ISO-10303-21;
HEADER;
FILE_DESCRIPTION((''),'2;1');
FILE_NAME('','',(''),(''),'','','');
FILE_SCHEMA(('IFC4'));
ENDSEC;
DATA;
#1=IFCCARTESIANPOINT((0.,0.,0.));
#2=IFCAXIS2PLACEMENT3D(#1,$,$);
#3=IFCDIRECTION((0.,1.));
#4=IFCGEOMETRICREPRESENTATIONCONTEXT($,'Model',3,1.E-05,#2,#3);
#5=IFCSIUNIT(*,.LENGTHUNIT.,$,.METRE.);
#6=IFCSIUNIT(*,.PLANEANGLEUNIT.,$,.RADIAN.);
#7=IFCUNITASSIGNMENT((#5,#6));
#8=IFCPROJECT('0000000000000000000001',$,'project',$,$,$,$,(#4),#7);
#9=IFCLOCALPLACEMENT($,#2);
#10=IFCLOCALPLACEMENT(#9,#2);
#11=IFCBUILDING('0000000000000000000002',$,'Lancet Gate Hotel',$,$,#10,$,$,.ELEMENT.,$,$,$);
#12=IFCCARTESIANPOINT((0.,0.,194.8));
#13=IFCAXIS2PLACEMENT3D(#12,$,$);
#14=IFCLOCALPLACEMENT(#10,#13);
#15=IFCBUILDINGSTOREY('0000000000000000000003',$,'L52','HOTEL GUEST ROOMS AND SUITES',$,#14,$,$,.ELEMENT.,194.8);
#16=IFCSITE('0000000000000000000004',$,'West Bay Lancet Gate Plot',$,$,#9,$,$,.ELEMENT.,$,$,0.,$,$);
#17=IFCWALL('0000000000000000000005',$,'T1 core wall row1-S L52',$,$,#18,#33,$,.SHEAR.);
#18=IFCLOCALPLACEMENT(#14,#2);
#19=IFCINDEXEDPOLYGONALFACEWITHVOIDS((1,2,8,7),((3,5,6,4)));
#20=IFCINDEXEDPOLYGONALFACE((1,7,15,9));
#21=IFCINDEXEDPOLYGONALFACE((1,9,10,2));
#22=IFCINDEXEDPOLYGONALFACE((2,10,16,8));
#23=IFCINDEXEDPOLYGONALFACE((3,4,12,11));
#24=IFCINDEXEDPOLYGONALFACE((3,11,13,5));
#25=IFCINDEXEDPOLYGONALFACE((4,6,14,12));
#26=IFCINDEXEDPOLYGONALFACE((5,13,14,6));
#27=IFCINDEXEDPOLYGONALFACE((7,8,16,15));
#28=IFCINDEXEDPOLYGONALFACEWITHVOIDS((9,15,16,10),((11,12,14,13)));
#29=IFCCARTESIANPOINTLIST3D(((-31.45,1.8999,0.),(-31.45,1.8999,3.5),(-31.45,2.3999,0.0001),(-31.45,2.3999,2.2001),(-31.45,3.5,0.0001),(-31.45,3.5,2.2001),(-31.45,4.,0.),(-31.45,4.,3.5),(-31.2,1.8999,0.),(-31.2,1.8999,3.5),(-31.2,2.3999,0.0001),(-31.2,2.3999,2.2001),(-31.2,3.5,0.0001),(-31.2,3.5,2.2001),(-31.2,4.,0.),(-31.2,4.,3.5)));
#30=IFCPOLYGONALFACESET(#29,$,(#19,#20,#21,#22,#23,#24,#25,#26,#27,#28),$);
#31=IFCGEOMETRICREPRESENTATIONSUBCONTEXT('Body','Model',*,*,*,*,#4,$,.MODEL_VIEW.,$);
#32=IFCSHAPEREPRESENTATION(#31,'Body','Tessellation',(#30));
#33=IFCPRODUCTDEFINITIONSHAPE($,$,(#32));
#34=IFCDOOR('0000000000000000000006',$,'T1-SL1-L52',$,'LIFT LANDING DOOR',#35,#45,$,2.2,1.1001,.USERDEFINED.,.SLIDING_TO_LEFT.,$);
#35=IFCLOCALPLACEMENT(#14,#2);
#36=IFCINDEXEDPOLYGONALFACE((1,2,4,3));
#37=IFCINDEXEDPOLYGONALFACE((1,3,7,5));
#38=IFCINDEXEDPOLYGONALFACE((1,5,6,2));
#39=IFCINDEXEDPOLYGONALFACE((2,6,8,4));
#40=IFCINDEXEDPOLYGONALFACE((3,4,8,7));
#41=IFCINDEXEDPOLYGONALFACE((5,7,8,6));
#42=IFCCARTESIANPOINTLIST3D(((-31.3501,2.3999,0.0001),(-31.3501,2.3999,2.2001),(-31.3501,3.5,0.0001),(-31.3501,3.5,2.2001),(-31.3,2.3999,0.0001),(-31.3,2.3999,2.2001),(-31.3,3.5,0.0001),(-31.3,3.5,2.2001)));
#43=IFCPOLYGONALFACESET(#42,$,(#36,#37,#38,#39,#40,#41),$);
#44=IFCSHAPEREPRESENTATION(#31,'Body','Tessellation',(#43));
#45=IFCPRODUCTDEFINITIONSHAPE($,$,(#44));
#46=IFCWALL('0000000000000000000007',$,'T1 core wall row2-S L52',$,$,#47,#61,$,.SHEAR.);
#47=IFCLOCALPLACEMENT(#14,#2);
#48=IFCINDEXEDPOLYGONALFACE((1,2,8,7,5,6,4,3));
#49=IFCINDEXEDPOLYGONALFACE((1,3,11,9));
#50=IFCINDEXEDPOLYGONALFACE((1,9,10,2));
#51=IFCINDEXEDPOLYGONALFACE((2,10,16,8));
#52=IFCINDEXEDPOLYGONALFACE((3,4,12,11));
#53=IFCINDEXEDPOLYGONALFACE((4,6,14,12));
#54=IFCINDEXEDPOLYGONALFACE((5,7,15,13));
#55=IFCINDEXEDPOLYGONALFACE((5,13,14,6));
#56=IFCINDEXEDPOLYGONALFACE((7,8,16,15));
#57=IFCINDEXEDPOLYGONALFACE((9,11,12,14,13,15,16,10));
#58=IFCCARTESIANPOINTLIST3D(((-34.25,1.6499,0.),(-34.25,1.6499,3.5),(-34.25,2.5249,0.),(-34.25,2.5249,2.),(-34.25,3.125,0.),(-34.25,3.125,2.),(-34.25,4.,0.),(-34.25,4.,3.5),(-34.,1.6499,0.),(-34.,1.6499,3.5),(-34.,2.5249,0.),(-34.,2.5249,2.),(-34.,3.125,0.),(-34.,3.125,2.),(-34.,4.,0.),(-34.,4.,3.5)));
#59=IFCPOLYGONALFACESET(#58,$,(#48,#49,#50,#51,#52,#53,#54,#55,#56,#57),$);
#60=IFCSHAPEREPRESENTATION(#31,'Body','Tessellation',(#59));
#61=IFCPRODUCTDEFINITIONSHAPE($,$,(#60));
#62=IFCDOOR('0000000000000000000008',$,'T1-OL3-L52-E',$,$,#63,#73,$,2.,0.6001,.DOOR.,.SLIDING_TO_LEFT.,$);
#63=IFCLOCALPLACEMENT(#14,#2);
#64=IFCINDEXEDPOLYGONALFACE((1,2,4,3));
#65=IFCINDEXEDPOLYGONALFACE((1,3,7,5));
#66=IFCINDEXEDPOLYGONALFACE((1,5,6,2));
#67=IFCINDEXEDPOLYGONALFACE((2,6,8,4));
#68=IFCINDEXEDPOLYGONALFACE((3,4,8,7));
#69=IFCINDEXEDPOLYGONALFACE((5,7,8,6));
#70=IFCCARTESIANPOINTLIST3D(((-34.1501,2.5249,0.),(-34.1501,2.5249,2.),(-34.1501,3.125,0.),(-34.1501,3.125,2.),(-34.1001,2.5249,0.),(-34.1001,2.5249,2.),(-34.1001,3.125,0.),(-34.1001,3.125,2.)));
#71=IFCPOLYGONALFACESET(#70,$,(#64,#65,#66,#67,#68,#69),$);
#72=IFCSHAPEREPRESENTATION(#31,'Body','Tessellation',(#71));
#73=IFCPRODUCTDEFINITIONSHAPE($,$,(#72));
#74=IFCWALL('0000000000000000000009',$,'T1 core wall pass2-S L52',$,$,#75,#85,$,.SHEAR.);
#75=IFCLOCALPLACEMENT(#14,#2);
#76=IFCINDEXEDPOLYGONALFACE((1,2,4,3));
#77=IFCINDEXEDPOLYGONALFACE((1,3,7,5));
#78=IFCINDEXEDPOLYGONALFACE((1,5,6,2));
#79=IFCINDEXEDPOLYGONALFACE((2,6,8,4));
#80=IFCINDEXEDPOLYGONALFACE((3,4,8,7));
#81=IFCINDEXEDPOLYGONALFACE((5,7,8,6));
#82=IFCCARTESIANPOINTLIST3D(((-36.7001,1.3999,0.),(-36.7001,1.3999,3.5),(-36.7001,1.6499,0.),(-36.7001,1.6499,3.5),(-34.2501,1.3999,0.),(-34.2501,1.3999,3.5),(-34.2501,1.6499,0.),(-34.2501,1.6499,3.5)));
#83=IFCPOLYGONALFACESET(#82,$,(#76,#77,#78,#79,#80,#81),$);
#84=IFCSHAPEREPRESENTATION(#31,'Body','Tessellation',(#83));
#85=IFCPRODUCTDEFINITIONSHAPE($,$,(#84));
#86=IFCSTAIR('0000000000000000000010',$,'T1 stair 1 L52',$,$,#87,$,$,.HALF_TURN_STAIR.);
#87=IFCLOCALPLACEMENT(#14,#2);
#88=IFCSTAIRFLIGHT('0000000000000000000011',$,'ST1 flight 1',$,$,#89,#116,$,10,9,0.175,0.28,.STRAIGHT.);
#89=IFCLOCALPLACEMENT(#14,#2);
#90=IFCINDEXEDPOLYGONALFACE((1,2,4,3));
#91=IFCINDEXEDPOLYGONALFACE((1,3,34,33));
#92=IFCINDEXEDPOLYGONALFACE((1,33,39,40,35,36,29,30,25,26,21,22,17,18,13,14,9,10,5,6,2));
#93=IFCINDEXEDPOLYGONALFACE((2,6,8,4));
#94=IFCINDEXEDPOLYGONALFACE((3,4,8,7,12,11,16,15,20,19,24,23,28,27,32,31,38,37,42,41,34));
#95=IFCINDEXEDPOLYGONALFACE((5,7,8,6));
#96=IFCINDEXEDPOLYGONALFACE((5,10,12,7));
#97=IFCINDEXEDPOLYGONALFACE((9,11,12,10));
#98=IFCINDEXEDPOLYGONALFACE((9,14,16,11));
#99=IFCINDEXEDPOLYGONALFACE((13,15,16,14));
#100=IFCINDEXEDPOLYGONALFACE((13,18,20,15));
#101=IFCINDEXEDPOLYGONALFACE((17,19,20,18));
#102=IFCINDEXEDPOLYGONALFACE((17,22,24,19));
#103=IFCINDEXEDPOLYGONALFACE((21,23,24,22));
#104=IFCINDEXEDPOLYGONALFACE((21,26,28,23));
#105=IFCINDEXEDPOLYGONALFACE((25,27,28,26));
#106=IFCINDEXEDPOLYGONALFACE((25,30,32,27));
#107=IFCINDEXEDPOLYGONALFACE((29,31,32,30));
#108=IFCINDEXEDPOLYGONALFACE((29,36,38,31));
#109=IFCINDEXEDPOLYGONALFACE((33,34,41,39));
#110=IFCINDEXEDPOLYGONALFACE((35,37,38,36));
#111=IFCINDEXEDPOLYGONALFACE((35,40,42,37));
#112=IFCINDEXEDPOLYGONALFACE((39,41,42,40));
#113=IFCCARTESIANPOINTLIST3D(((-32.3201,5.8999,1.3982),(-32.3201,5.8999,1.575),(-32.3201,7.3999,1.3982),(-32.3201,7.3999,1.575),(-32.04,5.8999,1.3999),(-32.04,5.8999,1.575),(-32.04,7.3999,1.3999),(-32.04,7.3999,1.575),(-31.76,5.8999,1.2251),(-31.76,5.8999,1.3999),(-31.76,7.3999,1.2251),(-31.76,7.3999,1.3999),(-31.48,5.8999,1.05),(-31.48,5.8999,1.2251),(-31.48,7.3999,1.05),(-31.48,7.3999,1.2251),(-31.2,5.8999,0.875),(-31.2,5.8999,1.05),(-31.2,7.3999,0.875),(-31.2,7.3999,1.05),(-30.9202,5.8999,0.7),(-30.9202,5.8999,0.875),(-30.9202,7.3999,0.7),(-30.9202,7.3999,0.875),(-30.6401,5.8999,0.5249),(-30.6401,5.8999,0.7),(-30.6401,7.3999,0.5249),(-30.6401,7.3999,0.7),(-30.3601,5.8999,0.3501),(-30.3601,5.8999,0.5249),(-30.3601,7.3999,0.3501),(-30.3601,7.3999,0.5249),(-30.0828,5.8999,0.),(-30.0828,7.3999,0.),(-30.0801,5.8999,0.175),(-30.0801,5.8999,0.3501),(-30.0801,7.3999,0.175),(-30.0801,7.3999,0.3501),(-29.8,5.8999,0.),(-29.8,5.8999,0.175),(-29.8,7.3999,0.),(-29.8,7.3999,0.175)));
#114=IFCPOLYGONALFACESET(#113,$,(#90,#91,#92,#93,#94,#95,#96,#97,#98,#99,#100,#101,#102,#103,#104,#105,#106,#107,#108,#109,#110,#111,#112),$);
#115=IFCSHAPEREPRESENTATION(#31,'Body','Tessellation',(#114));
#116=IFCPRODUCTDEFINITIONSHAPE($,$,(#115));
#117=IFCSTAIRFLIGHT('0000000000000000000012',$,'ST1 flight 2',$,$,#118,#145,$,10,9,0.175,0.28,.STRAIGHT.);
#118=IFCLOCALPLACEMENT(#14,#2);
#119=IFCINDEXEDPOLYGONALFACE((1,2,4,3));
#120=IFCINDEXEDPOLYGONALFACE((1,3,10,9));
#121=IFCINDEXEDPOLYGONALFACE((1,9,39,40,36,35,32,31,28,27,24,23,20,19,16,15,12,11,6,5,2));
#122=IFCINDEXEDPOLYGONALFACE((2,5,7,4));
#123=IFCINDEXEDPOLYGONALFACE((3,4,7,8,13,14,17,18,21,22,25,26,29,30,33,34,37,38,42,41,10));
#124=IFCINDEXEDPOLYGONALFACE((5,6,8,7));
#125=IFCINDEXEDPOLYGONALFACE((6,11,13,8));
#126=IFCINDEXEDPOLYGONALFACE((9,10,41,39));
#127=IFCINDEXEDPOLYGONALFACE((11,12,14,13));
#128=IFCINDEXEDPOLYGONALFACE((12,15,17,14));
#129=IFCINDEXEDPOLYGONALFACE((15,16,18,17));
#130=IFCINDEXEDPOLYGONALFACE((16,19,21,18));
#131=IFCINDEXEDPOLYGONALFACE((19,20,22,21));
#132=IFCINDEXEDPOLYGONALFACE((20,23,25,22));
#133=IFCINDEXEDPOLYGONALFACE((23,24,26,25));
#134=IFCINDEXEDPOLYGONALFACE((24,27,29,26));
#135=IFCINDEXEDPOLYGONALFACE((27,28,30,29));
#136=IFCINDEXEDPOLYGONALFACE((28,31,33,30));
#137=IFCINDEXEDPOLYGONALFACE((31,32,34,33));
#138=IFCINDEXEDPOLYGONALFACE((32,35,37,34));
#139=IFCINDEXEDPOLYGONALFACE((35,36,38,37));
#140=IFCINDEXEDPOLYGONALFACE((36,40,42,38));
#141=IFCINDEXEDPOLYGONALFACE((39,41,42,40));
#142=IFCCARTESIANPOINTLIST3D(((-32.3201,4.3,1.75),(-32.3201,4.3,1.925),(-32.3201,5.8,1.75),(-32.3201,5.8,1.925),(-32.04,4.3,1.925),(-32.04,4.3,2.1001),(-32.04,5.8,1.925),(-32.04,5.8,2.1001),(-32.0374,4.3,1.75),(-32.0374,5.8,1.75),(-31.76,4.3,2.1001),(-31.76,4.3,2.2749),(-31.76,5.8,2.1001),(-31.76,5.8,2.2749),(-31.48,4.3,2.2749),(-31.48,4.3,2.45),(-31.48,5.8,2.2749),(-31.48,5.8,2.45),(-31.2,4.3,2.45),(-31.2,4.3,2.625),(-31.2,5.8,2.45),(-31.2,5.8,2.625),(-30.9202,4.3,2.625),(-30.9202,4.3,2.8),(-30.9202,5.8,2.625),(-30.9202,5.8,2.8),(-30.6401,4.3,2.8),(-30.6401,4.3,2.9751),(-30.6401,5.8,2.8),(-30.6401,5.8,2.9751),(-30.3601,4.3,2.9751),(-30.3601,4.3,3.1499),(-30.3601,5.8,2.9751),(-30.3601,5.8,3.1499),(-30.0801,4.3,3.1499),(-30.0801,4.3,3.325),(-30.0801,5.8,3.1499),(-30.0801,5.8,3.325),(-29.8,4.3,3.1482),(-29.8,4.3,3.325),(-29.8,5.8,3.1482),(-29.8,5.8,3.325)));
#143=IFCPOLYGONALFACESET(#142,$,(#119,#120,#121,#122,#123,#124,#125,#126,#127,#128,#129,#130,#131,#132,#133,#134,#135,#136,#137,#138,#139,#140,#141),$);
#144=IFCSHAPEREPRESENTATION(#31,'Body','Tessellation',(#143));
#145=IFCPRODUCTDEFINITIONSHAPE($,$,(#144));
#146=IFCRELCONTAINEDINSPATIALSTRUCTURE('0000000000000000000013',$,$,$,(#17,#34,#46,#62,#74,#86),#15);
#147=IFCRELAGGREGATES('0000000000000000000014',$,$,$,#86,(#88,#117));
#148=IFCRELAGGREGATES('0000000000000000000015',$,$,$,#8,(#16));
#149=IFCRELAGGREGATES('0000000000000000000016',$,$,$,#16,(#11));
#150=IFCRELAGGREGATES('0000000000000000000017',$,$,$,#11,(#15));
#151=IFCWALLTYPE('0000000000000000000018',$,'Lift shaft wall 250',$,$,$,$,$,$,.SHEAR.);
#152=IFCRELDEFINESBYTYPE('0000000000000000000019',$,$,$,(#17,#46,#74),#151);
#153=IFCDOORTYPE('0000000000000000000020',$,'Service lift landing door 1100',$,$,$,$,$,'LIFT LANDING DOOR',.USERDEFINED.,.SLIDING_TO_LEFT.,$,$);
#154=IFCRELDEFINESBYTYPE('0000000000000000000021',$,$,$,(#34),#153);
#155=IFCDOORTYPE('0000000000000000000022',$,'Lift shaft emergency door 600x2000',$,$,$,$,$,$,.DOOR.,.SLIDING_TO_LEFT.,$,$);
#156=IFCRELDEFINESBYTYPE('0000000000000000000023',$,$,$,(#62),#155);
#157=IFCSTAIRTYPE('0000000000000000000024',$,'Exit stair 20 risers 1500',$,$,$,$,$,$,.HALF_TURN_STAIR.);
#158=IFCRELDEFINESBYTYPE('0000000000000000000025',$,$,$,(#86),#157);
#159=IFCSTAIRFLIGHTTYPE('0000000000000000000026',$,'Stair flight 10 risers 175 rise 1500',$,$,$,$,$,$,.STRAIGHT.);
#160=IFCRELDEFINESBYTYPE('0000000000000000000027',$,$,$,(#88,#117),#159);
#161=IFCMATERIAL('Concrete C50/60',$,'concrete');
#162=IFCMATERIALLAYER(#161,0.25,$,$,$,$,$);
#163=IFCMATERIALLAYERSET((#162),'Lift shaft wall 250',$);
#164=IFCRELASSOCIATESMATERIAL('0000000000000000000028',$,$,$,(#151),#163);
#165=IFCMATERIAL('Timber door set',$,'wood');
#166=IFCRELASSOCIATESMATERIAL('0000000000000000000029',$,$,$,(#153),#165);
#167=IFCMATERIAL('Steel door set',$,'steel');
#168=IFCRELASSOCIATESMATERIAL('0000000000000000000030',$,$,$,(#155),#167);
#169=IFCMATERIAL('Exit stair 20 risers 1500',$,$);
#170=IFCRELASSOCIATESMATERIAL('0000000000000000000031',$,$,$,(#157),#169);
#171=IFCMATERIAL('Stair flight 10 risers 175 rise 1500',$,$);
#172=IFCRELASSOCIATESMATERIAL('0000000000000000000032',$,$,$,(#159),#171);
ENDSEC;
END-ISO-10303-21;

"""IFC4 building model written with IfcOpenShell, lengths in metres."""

from ifc_helpers import new_model, si_unit, direction, frame, frame_2d, origin, place, context, subcontext, project, spatial, polyline, rectangle, outline, extrude, material, layer, layer_set, type_object, element, fill, aggregate, save


model = new_model("IFC4")

# Units and contexts
model_context = context("Model", 3, precision=1e-05, world=origin(), true_north=direction((0.0, 1.0)))
body_context = subcontext(model_context, "Body", "Model", "MODEL_VIEW")
ifc_project = project(units=[si_unit("LENGTHUNIT", "METRE"), si_unit("PLANEANGLEUNIT", "RADIAN")], contexts=[model_context])

# Site, building, storey
site_placement = place(None, origin())
site = spatial("IfcSite", under=ifc_project, at=site_placement, Name="West Bay Lancet Gate Plot", CompositionType="ELEMENT", RefElevation=0.0)
building_placement = place(site_placement, origin())
building = spatial("IfcBuilding", under=site, at=building_placement, Name="Lancet Gate Hotel", CompositionType="ELEMENT")
storey_placement = place(building_placement, frame((0.0, 0.0, 194.8)))
storey = spatial("IfcBuildingStorey", under=building, at=storey_placement, Name="L52", Description="HOTEL GUEST ROOMS AND SUITES", CompositionType="ELEMENT", Elevation=194.8)

# Walls, openings, doors
ifc_material_1 = material(Name="Concrete C50/60", Category="concrete")
ifc_layer_1 = layer(ifc_material_1, 0.25)
ifc_layer_set_1 = layer_set([ifc_layer_1], Name="Lift shaft wall 250")
wall_type_1 = type_object("IfcWallType", Name="Lift shaft wall 250", PredefinedType="SHEAR", material=ifc_layer_set_1)
wall_1_placement = place(storey_placement, frame((-31.325, 4.0, 0.0), z_axis=(0.0, 0.0, 1.0), x_axis=(0.0, -1.0, 0.0)))
wall_1 = element("IfcWall", 1, at=wall_1_placement, inside=storey, type_object=wall_type_1, Name="T1 core wall row1-S L52", PredefinedType="SHEAR", context=body_context, shape_type="SweptSolid", body=[
    extrude(rectangle(XDim=2.1001, YDim=0.25, at=frame_2d((1.05, 0.0))), origin(), (0.0, 0.0, 1.0), 3.5),
])
opening_1_placement = place(wall_1_placement, frame((0.5, 0.0, 0.0)))
opening_1 = element("IfcOpeningElement", 2, at=opening_1_placement, cuts=wall_1, PredefinedType="OPENING", context=body_context, shape_type="SweptSolid", body=[
    extrude(rectangle(XDim=1.1001, YDim=2.2, at=frame_2d((0.55, 1.1001))), frame((0.0, 0.135, 0.0), z_axis=(0.0, -1.0, 0.0), x_axis=(1.0, 0.0, 0.0)), (0.0, 0.0, 1.0), 0.27),
])
ifc_material_2 = material(Name="Timber door set", Category="wood")
door_type_1 = type_object("IfcDoorType", Name="Service lift landing door 1100", ElementType="LIFT LANDING DOOR", OperationType="SLIDING_TO_LEFT", PredefinedType="USERDEFINED", material=ifc_material_2)
door_1_placement = place(opening_1_placement, origin())
door_1 = element("IfcDoor", 3, at=door_1_placement, inside=storey, type_object=door_type_1, Name="T1-SL1-L52", ObjectType="LIFT LANDING DOOR", OperationType="SLIDING_TO_LEFT", OverallHeight=2.2, OverallWidth=1.1001, PredefinedType="USERDEFINED", context=body_context, shape_type="SweptSolid", body=[
    extrude(rectangle(XDim=1.1001, YDim=2.2, at=frame_2d((0.55, 1.1001))), frame((0.0, 0.0249, 0.0), z_axis=(0.0, -1.0, 0.0), x_axis=(1.0, 0.0, 0.0)), (0.0, 0.0, 1.0), 0.05),
])
fill(opening_1, door_1)
wall_2_placement = place(storey_placement, frame((-34.125, 4.0, 0.0), z_axis=(0.0, 0.0, 1.0), x_axis=(0.0, -1.0, 0.0)))
wall_2 = element("IfcWall", 4, at=wall_2_placement, inside=storey, type_object=wall_type_1, Name="T1 core wall row2-S L52", PredefinedType="SHEAR", context=body_context, shape_type="SweptSolid", body=[
    extrude(rectangle(XDim=2.3501, YDim=0.25, at=frame_2d((1.175, 0.0))), origin(), (0.0, 0.0, 1.0), 3.5),
])
opening_2_placement = place(wall_2_placement, frame((0.875, 0.0, 0.0)))
opening_2 = element("IfcOpeningElement", 5, at=opening_2_placement, cuts=wall_2, PredefinedType="OPENING", context=body_context, shape_type="SweptSolid", body=[
    extrude(rectangle(XDim=0.6001, YDim=2.0, at=frame_2d((0.3, 1.0))), frame((0.0, 0.135, 0.0), z_axis=(0.0, -1.0, 0.0), x_axis=(1.0, 0.0, 0.0)), (0.0, 0.0, 1.0), 0.27),
])
ifc_material_3 = material(Name="Steel door set", Category="steel")
door_type_2 = type_object("IfcDoorType", Name="Lift shaft emergency door 600x2000", OperationType="SLIDING_TO_LEFT", PredefinedType="DOOR", material=ifc_material_3)
door_2_placement = place(opening_2_placement, origin())
door_2 = element("IfcDoor", 6, at=door_2_placement, inside=storey, type_object=door_type_2, Name="T1-OL3-L52-E", OperationType="SLIDING_TO_LEFT", OverallHeight=2.0, OverallWidth=0.6001, PredefinedType="DOOR", context=body_context, shape_type="SweptSolid", body=[
    extrude(rectangle(XDim=0.6001, YDim=2.0, at=frame_2d((0.3, 1.0))), frame((0.0, 0.0249, 0.0), z_axis=(0.0, -1.0, 0.0), x_axis=(1.0, 0.0, 0.0)), (0.0, 0.0, 1.0), 0.05),
])
fill(opening_2, door_2)

# Wall
wall_3_placement = place(storey_placement, frame((-34.25, 1.5249, 0.0), z_axis=(0.0, 0.0, 1.0), x_axis=(-1.0, 0.0, 0.0)))
element("IfcWall", 7, at=wall_3_placement, inside=storey, type_object=wall_type_1, Name="T1 core wall pass2-S L52", PredefinedType="SHEAR", context=body_context, shape_type="SweptSolid", body=[
    extrude(rectangle(XDim=2.45, YDim=0.25, at=frame_2d((1.2251, 0.0))), origin(), (0.0, 0.0, 1.0), 3.5),
])

# Stair, stair flights
ifc_material_4 = material(Name="Exit stair 20 risers 1500")
stair_type = type_object("IfcStairType", Name="Exit stair 20 risers 1500", PredefinedType="HALF_TURN_STAIR", material=ifc_material_4)
stair_placement = place(storey_placement, origin())
stair = element("IfcStair", 8, at=stair_placement, inside=storey, type_object=stair_type, Name="T1 stair 1 L52", PredefinedType="HALF_TURN_STAIR")
ifc_material_5 = material(Name="Stair flight 10 risers 175 rise 1500")
stair_flight_type = type_object("IfcStairFlightType", Name="Stair flight 10 risers 175 rise 1500", PredefinedType="STRAIGHT", material=ifc_material_5)
stair_flight_1_placement = place(storey_placement, frame((-29.8, 6.6499, 0.0), z_axis=(0.0, 0.0, 1.0), x_axis=(-1.0, 0.0, 0.0)))
stair_flight_1 = element("IfcStairFlight", 9, at=stair_flight_1_placement, type_object=stair_flight_type, Name="ST1 flight 1", NumberOfRisers=10, NumberOfTreads=9, PredefinedType="STRAIGHT", RiserHeight=0.175, TreadLength=0.28, context=body_context, shape_type="SweptSolid", body=[
    extrude(outline(polyline([(0.0, 0.0), (0.0, 0.175), (0.28, 0.175), (0.28, 0.3501), (0.5601, 0.3501), (0.5601, 0.5249), (0.8401, 0.5249), (0.8401, 0.7), (1.1201, 0.7), (1.1201, 0.875), (1.3999, 0.875), (1.3999, 1.05), (1.6799, 1.05), (1.6799, 1.2251), (1.96, 1.2251), (1.96, 1.3999), (2.24, 1.3999), (2.24, 1.575), (2.52, 1.575), (2.52, 1.75), (2.52, 1.3982), (0.2827, 0.0), (0.0, 0.0)])), frame((0.0, 0.75, 0.0), z_axis=(0.0, -1.0, 0.0), x_axis=(1.0, 0.0, 0.0)), (0.0, 0.0, 1.0), 1.5),
])
stair_flight_2_placement = place(storey_placement, frame((-32.3201, 5.05, 1.75), z_axis=(0.0, 0.0, 1.0), x_axis=(1.0, 0.0, 0.0)))
stair_flight_2 = element("IfcStairFlight", 10, at=stair_flight_2_placement, type_object=stair_flight_type, Name="ST1 flight 2", NumberOfRisers=10, NumberOfTreads=9, PredefinedType="STRAIGHT", RiserHeight=0.175, TreadLength=0.28, context=body_context, shape_type="SweptSolid", body=[
    extrude(outline(polyline([(0.0, 0.0), (0.0, 0.175), (0.28, 0.175), (0.28, 0.3501), (0.5601, 0.3501), (0.5601, 0.5249), (0.8401, 0.5249), (0.8401, 0.7), (1.1201, 0.7), (1.1201, 0.875), (1.3999, 0.875), (1.3999, 1.05), (1.6799, 1.05), (1.6799, 1.2251), (1.96, 1.2251), (1.96, 1.3999), (2.24, 1.3999), (2.24, 1.575), (2.52, 1.575), (2.52, 1.75), (2.52, 1.3982), (0.2827, 0.0), (0.0, 0.0)])), frame((0.0, 0.75, 0.0), z_axis=(0.0, -1.0, 0.0), x_axis=(1.0, 0.0, 0.0)), (0.0, 0.0, 1.0), 1.5),
])
aggregate(stair, [stair_flight_1, stair_flight_2])

save(model, "model.ifc")
